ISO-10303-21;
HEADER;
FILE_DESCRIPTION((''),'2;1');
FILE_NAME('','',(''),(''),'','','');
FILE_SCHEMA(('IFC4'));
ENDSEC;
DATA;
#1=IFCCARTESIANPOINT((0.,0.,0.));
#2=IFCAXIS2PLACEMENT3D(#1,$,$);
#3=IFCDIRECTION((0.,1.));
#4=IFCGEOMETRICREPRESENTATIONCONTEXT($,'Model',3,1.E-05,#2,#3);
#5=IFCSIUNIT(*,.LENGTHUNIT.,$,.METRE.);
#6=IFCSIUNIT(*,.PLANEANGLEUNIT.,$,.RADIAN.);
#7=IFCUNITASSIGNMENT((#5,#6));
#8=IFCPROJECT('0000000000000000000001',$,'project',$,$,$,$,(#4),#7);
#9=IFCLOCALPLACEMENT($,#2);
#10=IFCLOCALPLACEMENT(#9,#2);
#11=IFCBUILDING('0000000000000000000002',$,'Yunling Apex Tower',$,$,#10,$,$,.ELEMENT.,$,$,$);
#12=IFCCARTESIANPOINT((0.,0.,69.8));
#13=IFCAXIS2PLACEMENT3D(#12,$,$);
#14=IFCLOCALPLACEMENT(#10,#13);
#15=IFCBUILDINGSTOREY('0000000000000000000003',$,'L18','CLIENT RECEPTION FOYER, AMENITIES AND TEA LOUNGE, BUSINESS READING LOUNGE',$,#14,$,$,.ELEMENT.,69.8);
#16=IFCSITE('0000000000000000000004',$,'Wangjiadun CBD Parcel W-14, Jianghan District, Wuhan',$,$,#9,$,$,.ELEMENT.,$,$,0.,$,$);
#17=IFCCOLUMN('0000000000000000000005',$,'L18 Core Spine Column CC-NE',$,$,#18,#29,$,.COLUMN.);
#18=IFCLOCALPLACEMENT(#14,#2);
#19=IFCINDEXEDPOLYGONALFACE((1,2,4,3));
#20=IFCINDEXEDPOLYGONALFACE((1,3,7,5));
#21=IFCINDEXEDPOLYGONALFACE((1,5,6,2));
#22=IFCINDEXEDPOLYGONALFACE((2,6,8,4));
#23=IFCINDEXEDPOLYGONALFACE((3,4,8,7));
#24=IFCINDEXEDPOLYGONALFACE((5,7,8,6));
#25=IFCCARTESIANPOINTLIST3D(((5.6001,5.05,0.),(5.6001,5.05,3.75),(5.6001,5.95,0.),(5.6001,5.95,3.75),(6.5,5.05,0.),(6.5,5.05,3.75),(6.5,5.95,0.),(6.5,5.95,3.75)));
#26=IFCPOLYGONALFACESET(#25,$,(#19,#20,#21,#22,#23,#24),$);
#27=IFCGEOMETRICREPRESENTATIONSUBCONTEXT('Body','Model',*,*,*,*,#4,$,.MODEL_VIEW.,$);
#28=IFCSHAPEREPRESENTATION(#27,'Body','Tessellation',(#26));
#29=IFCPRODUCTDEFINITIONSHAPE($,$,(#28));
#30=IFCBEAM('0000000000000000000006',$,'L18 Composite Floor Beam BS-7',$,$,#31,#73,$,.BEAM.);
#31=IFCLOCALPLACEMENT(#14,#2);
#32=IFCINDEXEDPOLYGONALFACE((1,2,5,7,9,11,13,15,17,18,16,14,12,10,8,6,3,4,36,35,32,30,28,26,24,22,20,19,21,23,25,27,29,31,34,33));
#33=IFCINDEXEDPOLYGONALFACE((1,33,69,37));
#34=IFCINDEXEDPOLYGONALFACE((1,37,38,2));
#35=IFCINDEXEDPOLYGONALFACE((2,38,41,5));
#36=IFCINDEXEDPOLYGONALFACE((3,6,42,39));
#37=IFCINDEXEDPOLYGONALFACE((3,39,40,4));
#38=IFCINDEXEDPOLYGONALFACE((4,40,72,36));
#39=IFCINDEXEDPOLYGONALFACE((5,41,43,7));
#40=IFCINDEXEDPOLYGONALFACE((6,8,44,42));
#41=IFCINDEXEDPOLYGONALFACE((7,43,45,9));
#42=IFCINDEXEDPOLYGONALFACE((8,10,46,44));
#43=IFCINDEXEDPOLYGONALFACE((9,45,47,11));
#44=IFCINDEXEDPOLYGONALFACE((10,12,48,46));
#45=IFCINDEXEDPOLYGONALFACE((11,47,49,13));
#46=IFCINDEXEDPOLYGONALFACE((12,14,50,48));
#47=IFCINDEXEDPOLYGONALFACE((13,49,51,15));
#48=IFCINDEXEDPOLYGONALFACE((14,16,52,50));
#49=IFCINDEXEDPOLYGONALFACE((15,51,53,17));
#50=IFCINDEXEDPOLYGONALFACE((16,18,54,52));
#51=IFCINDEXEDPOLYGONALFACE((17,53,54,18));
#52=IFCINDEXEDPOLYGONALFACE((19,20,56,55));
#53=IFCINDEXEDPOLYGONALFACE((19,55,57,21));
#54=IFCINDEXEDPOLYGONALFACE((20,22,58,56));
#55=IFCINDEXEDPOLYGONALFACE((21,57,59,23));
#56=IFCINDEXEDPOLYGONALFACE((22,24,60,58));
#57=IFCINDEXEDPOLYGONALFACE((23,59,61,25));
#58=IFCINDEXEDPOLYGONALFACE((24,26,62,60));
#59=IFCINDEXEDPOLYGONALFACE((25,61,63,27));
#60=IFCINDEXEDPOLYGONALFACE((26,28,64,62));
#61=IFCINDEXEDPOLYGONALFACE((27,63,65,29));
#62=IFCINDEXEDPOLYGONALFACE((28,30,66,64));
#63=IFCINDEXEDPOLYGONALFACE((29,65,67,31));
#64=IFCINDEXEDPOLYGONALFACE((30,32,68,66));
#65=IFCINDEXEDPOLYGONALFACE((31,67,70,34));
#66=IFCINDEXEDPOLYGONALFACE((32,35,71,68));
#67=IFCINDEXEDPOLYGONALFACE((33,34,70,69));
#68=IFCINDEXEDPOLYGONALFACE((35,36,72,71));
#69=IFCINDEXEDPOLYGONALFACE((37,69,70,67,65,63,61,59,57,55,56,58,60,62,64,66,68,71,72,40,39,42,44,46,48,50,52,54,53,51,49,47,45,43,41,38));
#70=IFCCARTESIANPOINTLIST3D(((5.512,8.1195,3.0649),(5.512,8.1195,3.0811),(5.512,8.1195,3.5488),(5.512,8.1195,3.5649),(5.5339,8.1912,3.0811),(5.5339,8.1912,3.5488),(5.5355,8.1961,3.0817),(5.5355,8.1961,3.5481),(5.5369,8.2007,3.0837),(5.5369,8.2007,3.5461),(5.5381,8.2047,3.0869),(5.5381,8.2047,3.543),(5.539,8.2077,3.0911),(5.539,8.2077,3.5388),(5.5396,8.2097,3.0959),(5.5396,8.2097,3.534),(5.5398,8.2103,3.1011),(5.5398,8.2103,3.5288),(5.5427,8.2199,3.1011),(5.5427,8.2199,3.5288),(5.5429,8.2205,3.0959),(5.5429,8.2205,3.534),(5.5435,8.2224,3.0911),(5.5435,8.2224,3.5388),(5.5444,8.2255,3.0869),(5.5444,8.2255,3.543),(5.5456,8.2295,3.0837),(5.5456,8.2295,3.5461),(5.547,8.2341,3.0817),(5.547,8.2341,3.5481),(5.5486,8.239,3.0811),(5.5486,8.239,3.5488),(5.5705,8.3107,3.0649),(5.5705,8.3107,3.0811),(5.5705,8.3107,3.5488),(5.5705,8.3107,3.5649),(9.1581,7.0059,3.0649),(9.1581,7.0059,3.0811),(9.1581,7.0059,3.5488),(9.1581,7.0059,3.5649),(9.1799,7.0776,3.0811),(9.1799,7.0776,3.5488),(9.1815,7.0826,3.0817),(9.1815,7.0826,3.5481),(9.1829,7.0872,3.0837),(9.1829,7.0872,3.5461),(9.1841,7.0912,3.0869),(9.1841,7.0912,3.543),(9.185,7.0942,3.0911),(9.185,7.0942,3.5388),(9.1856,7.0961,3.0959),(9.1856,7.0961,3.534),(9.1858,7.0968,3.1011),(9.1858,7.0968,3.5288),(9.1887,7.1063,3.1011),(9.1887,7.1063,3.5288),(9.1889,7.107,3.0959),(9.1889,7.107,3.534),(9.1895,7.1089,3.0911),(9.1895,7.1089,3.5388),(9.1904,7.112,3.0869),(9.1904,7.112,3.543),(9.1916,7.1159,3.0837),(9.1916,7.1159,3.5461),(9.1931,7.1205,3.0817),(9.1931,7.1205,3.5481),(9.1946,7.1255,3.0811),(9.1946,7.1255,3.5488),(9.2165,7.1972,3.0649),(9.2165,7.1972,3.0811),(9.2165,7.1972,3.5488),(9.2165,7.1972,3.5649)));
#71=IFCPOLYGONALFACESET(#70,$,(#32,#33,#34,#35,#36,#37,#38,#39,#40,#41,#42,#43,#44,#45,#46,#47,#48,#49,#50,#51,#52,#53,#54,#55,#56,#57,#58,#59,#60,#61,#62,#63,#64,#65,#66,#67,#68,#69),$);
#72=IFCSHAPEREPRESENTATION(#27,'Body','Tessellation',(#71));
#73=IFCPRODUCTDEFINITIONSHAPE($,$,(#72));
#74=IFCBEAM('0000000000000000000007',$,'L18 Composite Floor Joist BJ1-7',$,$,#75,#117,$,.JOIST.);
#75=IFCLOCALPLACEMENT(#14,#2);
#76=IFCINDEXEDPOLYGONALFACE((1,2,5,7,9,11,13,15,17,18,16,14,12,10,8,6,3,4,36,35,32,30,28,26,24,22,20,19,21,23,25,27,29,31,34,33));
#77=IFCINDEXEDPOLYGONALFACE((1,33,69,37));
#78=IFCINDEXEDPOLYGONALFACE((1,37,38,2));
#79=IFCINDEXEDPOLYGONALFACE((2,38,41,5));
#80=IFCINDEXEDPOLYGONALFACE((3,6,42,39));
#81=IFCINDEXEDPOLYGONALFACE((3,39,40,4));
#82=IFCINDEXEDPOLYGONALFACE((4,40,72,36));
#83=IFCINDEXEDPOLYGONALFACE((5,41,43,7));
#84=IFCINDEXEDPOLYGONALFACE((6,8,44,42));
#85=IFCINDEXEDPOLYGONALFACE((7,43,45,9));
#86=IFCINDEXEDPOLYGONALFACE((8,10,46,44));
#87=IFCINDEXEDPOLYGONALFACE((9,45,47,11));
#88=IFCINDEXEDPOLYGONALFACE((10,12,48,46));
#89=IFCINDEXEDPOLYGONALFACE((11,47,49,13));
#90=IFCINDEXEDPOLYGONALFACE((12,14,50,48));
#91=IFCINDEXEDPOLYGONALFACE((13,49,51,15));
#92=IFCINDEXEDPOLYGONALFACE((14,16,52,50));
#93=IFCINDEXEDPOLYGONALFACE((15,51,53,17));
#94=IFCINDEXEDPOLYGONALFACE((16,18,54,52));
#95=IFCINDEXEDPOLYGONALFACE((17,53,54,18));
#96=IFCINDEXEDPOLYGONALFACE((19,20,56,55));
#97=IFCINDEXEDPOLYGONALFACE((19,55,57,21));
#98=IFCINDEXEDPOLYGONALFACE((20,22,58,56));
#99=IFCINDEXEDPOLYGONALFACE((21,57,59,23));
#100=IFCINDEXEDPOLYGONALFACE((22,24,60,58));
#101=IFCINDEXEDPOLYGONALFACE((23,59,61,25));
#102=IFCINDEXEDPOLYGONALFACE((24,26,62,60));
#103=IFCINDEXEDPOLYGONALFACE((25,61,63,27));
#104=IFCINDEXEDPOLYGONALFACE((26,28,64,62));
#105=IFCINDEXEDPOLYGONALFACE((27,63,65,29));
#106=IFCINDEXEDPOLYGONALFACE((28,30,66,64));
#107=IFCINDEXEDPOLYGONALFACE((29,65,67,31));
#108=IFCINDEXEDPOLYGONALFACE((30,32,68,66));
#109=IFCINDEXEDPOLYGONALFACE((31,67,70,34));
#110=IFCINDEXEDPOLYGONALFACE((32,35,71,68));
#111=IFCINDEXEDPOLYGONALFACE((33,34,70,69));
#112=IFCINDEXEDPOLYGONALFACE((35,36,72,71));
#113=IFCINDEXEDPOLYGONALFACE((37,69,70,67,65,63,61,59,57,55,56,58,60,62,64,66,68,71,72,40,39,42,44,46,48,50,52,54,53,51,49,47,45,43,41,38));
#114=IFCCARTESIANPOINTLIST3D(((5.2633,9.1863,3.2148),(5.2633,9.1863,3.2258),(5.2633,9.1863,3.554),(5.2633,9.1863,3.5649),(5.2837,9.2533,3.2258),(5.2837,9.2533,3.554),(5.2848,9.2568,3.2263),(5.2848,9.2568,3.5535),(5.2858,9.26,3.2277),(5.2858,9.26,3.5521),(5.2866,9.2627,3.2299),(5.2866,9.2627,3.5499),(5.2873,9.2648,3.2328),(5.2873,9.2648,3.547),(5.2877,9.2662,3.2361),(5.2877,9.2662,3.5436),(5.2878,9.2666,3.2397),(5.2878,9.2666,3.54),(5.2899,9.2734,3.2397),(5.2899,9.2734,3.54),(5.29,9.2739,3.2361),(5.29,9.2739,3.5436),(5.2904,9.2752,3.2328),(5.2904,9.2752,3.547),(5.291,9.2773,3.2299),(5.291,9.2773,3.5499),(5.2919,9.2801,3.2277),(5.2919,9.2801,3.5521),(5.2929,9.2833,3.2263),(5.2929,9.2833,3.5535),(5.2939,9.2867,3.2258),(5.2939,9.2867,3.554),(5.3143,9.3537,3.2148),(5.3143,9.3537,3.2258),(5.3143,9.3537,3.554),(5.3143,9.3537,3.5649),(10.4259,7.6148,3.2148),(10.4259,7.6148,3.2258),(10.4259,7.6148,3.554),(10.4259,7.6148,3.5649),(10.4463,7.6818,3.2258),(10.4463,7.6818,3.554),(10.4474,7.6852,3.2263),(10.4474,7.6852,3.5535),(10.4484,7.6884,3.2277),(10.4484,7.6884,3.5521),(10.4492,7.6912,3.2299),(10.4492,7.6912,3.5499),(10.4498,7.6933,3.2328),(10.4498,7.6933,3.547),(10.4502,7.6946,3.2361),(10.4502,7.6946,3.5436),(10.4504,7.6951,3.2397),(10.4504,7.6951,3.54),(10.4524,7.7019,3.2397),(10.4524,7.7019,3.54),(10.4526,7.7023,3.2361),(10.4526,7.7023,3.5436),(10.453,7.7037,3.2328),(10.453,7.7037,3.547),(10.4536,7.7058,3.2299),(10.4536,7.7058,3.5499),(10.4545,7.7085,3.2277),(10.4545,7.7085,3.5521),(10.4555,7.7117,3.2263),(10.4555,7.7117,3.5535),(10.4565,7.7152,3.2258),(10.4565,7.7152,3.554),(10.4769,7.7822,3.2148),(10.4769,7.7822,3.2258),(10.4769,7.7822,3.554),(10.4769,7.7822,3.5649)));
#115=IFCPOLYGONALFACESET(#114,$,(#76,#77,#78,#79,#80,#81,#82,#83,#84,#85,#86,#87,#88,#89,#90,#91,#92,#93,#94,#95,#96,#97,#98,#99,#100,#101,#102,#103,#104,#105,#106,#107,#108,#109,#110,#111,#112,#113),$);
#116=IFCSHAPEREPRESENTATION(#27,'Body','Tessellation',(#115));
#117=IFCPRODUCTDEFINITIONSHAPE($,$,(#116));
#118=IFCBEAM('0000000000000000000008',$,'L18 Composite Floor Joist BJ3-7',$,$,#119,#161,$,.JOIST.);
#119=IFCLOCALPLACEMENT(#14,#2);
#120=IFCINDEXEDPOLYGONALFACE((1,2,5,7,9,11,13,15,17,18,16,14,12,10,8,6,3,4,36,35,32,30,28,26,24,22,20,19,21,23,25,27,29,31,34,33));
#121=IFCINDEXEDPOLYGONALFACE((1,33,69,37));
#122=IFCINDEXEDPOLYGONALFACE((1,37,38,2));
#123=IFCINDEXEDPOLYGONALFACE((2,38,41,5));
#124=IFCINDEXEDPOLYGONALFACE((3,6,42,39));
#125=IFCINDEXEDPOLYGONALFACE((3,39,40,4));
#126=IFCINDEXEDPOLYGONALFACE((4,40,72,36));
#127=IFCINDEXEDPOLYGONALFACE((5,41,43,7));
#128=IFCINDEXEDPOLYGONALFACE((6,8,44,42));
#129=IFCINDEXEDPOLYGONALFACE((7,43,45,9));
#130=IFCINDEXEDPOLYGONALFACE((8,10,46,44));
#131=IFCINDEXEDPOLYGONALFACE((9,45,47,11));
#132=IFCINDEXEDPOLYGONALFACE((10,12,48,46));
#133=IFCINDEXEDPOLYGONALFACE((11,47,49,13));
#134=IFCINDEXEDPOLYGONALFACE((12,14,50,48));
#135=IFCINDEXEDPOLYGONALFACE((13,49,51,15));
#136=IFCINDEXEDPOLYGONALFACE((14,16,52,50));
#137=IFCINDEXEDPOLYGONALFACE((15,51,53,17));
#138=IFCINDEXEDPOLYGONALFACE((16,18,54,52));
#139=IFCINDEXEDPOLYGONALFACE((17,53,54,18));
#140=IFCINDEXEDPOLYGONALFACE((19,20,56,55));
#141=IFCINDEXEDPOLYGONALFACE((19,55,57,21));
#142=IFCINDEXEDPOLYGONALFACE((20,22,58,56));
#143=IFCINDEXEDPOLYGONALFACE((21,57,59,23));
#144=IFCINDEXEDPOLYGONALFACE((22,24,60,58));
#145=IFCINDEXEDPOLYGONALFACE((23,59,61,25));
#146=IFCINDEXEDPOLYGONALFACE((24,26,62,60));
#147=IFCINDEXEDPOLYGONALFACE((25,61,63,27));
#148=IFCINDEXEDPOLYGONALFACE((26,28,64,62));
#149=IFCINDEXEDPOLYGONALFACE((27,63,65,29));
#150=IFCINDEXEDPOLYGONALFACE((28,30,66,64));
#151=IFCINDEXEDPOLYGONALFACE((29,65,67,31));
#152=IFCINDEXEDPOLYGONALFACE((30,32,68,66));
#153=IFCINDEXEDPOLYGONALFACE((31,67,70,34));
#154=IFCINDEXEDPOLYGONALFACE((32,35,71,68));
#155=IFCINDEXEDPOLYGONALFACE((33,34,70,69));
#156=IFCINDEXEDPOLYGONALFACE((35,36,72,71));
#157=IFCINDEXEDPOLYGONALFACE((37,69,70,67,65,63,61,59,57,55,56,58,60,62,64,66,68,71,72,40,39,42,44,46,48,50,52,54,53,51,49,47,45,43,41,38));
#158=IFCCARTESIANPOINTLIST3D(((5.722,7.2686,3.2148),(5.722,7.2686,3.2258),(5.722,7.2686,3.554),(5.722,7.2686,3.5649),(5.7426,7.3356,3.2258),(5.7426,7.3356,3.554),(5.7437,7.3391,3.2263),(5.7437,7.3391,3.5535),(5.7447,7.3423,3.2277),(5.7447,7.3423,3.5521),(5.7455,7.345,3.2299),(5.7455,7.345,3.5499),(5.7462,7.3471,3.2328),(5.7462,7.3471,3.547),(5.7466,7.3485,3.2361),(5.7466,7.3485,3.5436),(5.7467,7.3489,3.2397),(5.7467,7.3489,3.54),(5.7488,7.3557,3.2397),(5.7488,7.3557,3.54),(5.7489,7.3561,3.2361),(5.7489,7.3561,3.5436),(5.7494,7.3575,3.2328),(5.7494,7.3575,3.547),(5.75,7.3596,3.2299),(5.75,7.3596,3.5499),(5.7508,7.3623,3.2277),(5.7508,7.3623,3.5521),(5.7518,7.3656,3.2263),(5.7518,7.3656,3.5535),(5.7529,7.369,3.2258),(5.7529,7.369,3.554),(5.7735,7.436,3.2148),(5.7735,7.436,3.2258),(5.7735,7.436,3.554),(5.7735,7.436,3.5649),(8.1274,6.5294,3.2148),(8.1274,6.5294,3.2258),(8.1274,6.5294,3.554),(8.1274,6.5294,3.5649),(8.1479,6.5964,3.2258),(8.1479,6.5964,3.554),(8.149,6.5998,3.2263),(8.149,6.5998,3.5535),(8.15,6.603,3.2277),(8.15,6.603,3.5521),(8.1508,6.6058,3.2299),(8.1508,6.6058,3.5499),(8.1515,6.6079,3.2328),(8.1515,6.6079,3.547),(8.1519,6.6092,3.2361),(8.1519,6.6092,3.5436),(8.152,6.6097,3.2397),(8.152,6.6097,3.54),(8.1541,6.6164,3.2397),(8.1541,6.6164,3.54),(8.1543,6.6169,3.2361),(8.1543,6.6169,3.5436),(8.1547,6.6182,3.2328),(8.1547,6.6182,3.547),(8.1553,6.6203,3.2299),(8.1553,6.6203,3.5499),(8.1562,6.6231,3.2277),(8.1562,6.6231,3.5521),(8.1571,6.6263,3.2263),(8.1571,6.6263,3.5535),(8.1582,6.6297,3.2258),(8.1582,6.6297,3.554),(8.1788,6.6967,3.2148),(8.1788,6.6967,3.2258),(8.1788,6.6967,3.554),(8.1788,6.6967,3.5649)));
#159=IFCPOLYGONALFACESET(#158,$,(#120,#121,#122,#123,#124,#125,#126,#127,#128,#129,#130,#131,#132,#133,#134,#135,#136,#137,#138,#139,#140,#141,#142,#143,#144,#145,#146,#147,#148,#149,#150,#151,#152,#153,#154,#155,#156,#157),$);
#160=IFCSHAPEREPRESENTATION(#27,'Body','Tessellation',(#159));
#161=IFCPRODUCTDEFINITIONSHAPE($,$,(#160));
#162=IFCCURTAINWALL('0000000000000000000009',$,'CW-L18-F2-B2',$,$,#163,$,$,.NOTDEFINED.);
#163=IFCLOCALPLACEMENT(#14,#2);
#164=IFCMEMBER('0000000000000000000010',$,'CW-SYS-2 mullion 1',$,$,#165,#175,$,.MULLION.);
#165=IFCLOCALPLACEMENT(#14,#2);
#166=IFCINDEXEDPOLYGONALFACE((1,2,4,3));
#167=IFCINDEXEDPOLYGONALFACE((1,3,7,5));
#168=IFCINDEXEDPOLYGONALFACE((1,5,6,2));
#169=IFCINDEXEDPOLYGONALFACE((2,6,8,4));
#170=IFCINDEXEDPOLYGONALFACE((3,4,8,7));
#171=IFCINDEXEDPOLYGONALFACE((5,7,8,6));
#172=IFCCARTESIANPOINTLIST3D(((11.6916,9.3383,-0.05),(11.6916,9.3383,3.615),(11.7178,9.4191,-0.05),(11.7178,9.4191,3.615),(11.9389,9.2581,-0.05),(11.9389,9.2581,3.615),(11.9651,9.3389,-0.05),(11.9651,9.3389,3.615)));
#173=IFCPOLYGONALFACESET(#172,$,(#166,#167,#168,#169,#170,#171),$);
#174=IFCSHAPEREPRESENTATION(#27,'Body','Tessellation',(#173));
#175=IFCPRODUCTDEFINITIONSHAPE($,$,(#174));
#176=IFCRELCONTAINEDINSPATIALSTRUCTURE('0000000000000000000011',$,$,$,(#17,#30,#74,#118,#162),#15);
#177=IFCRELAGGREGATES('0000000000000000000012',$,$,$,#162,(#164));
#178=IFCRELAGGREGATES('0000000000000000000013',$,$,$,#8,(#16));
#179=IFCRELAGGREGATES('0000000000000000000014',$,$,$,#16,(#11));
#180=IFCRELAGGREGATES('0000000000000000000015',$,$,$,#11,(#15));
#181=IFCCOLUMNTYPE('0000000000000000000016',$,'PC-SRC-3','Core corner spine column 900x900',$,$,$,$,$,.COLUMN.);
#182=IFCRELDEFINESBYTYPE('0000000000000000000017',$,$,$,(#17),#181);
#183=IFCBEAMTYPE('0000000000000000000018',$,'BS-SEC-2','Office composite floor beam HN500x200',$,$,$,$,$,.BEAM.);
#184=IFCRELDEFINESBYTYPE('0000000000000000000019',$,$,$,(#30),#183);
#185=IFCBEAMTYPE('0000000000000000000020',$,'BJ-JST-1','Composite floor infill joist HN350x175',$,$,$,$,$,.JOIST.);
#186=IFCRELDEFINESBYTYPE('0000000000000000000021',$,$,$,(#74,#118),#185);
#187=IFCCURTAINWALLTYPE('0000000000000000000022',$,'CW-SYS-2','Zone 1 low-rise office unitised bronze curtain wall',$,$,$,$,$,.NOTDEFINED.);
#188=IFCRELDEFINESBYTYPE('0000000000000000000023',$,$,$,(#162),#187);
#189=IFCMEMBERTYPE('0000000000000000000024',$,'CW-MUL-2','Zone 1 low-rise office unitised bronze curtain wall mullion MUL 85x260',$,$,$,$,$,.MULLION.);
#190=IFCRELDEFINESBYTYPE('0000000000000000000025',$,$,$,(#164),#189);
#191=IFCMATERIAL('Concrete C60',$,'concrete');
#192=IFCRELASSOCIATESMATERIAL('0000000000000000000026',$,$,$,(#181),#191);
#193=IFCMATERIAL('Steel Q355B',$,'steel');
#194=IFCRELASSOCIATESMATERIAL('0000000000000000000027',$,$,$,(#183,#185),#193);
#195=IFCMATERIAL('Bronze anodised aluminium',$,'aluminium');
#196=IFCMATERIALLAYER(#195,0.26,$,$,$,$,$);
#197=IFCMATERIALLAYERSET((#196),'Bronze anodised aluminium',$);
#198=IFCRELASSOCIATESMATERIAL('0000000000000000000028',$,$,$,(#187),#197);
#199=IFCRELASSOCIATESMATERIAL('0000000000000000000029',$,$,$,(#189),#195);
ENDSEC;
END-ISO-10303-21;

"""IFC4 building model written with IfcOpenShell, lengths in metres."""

from ifc_helpers import new_model, si_unit, direction, frame, origin, origin_2d, place, context, subcontext, project, spatial, rectangle, i_section, extrude, source, transform, mapped, material, layer, layer_set, material_profile, profile_set, type_object, element, aggregate, save


model = new_model("IFC4")

# Units and contexts
model_context = context("Model", 3, precision=1e-05, world=origin(), true_north=direction((0.0, 1.0)))
body_context = subcontext(model_context, "Body", "Model", "MODEL_VIEW")
ifc_project = project(units=[si_unit("LENGTHUNIT", "METRE"), si_unit("PLANEANGLEUNIT", "RADIAN")], contexts=[model_context])

# Site, building, storey
site_placement = place(None, origin())
site = spatial("IfcSite", under=ifc_project, at=site_placement, Name="Wangjiadun CBD Parcel W-14, Jianghan District, Wuhan", CompositionType="ELEMENT", RefElevation=0.0)
building_placement = place(site_placement, origin())
building = spatial("IfcBuilding", under=site, at=building_placement, Name="Yunling Apex Tower", CompositionType="ELEMENT")
storey_placement = place(building_placement, frame((0.0, 0.0, 69.8)))
storey = spatial("IfcBuildingStorey", under=building, at=storey_placement, Name="L18", Description="CLIENT RECEPTION FOYER, AMENITIES AND TEA LOUNGE, BUSINESS READING LOUNGE", CompositionType="ELEMENT", Elevation=69.8)

# Column
ifc_material_1 = material(Name="Concrete C60", Category="concrete")
ifc_material_profile_1 = material_profile(ifc_material_1, rectangle(XDim=0.8999, YDim=0.8999, at=origin_2d()))
ifc_profile_set_1 = profile_set([ifc_material_profile_1], Name="Concrete C60")
column_type = type_object("IfcColumnType", Name="PC-SRC-3", Description="Core corner spine column 900x900", PredefinedType="COLUMN", material=ifc_profile_set_1)
shared_shape_1 = source(origin(), body_context, "Body", "SweptSolid", [
    extrude(rectangle(XDim=0.8999, YDim=0.8999, at=origin_2d()), origin(), (0.0, 0.0, 1.0), 3.75),
])
column_placement = place(storey_placement, frame((6.05, 5.5, 0.0), z_axis=(0.0, 0.0, 1.0), x_axis=(1.0, 0.0, 0.0)))
element("IfcColumn", 1, at=column_placement, inside=storey, type_object=column_type, Name="L18 Core Spine Column CC-NE", PredefinedType="COLUMN", context=body_context, shape_type="MappedRepresentation", body=[
    mapped(shared_shape_1, transform((0.0, 0.0, 0.0), scale=1.0)),
])

# Beams
ifc_material_2 = material(Name="Steel Q355B", Category="steel")
ifc_material_profile_2 = material_profile(ifc_material_2, i_section(OverallWidth=0.2, OverallDepth=0.5, WebThickness=0.01, FlangeThickness=0.0161, FilletRadius=0.02, at=origin_2d()))
ifc_profile_set_2 = profile_set([ifc_material_profile_2], Name="Steel Q355B")
beam_type_1 = type_object("IfcBeamType", Name="BS-SEC-2", Description="Office composite floor beam HN500x200", PredefinedType="BEAM", material=ifc_profile_set_2)
shared_shape_2 = source(origin(), body_context, "Body", "SweptSolid", [
    extrude(i_section(OverallWidth=0.2, OverallDepth=0.5, WebThickness=0.01, FlangeThickness=0.0161, FilletRadius=0.02, at=origin_2d()), origin(), (0.0, 0.0, 1.0), 3.8123),
])
beam_1_placement = place(storey_placement, frame((9.1873, 7.1016, 3.3149), z_axis=(-0.95639, 0.292092, 0.0), x_axis=(-0.292092, -0.95639, 0.0)))
element("IfcBeam", 2, at=beam_1_placement, inside=storey, type_object=beam_type_1, Name="L18 Composite Floor Beam BS-7", PredefinedType="BEAM", context=body_context, shape_type="MappedRepresentation", body=[
    mapped(shared_shape_2, transform((0.0, 0.0, 0.0), scale=1.0)),
])
ifc_material_profile_3 = material_profile(ifc_material_2, i_section(OverallWidth=0.175, OverallDepth=0.3501, WebThickness=0.0071, FlangeThickness=0.011, FilletRadius=0.0139, at=origin_2d()))
ifc_profile_set_3 = profile_set([ifc_material_profile_3], Name="Steel Q355B")
beam_type_2 = type_object("IfcBeamType", Name="BJ-JST-1", Description="Composite floor infill joist HN350x175", PredefinedType="JOIST", material=ifc_profile_set_3)
shared_shape_3 = source(origin(), body_context, "Body", "SweptSolid", [
    extrude(i_section(OverallWidth=0.175, OverallDepth=0.3501, WebThickness=0.0071, FlangeThickness=0.011, FilletRadius=0.0139, at=origin_2d()), origin(), (0.0, 0.0, 1.0), 5.3965),
])
beam_2_placement = place(storey_placement, frame((10.4514, 7.6985, 3.3899), z_axis=(-0.956658, 0.291214, 0.0), x_axis=(-0.291214, -0.956658, 0.0)))
element("IfcBeam", 3, at=beam_2_placement, inside=storey, type_object=beam_type_2, Name="L18 Composite Floor Joist BJ1-7", PredefinedType="JOIST", context=body_context, shape_type="MappedRepresentation", body=[
    mapped(shared_shape_3, transform((0.0, 0.0, 0.0), scale=1.0)),
])
shared_shape_4 = source(origin(), body_context, "Body", "SweptSolid", [
    extrude(i_section(OverallWidth=0.175, OverallDepth=0.3501, WebThickness=0.0071, FlangeThickness=0.011, FilletRadius=0.0139, at=origin_2d()), origin(), (0.0, 0.0, 1.0), 2.5164),
])
beam_3_placement = place(storey_placement, frame((8.1531, 6.613, 3.3899), z_axis=(-0.955871, 0.293786, 0.0), x_axis=(-0.293786, -0.955871, 0.0)))
element("IfcBeam", 4, at=beam_3_placement, inside=storey, type_object=beam_type_2, Name="L18 Composite Floor Joist BJ3-7", PredefinedType="JOIST", context=body_context, shape_type="MappedRepresentation", body=[
    mapped(shared_shape_4, transform((0.0, 0.0, 0.0), scale=1.0)),
])

# Curtain wall, member
ifc_material_3 = material(Name="Bronze anodised aluminium", Category="aluminium")
ifc_layer_1 = layer(ifc_material_3, 0.26)
ifc_layer_set_1 = layer_set([ifc_layer_1], Name="Bronze anodised aluminium")
curtain_wall_type = type_object("IfcCurtainWallType", Name="CW-SYS-2", Description="Zone 1 low-rise office unitised bronze curtain wall", PredefinedType="NOTDEFINED", material=ifc_layer_set_1)
curtain_wall_placement = place(storey_placement, origin())
curtain_wall = element("IfcCurtainWall", 5, at=curtain_wall_placement, inside=storey, type_object=curtain_wall_type, Name="CW-L18-F2-B2", PredefinedType="NOTDEFINED")
ifc_material_profile_4 = material_profile(ifc_material_3, rectangle(XDim=0.085, YDim=0.26, at=origin_2d()))
ifc_profile_set_4 = profile_set([ifc_material_profile_4], Name="Bronze anodised aluminium")
member_type_1 = type_object("IfcMemberType", Name="CW-MUL-2", Description="Zone 1 low-rise office unitised bronze curtain wall mullion MUL 85x260", PredefinedType="MULLION", material=ifc_profile_set_4)
shared_shape_5 = source(origin(), body_context, "Body", "SweptSolid", [
    extrude(rectangle(XDim=0.085, YDim=0.26, at=origin_2d()), origin(), (0.0, 0.0, 1.0), 3.665),
])
member_1_placement = place(storey_placement, frame((11.8284, 9.3386, -0.05), z_axis=(0.0, 0.0, 1.0), x_axis=(-0.308352, -0.951272, 0.0)))
member_1 = element("IfcMember", 6, at=member_1_placement, type_object=member_type_1, Name="CW-SYS-2 mullion 1", PredefinedType="MULLION", context=body_context, shape_type="MappedRepresentation", body=[
    mapped(shared_shape_5, transform((0.0, 0.0, 0.0), scale=1.0)),
])
aggregate(curtain_wall, [member_1])

save(model, "model.ifc")
